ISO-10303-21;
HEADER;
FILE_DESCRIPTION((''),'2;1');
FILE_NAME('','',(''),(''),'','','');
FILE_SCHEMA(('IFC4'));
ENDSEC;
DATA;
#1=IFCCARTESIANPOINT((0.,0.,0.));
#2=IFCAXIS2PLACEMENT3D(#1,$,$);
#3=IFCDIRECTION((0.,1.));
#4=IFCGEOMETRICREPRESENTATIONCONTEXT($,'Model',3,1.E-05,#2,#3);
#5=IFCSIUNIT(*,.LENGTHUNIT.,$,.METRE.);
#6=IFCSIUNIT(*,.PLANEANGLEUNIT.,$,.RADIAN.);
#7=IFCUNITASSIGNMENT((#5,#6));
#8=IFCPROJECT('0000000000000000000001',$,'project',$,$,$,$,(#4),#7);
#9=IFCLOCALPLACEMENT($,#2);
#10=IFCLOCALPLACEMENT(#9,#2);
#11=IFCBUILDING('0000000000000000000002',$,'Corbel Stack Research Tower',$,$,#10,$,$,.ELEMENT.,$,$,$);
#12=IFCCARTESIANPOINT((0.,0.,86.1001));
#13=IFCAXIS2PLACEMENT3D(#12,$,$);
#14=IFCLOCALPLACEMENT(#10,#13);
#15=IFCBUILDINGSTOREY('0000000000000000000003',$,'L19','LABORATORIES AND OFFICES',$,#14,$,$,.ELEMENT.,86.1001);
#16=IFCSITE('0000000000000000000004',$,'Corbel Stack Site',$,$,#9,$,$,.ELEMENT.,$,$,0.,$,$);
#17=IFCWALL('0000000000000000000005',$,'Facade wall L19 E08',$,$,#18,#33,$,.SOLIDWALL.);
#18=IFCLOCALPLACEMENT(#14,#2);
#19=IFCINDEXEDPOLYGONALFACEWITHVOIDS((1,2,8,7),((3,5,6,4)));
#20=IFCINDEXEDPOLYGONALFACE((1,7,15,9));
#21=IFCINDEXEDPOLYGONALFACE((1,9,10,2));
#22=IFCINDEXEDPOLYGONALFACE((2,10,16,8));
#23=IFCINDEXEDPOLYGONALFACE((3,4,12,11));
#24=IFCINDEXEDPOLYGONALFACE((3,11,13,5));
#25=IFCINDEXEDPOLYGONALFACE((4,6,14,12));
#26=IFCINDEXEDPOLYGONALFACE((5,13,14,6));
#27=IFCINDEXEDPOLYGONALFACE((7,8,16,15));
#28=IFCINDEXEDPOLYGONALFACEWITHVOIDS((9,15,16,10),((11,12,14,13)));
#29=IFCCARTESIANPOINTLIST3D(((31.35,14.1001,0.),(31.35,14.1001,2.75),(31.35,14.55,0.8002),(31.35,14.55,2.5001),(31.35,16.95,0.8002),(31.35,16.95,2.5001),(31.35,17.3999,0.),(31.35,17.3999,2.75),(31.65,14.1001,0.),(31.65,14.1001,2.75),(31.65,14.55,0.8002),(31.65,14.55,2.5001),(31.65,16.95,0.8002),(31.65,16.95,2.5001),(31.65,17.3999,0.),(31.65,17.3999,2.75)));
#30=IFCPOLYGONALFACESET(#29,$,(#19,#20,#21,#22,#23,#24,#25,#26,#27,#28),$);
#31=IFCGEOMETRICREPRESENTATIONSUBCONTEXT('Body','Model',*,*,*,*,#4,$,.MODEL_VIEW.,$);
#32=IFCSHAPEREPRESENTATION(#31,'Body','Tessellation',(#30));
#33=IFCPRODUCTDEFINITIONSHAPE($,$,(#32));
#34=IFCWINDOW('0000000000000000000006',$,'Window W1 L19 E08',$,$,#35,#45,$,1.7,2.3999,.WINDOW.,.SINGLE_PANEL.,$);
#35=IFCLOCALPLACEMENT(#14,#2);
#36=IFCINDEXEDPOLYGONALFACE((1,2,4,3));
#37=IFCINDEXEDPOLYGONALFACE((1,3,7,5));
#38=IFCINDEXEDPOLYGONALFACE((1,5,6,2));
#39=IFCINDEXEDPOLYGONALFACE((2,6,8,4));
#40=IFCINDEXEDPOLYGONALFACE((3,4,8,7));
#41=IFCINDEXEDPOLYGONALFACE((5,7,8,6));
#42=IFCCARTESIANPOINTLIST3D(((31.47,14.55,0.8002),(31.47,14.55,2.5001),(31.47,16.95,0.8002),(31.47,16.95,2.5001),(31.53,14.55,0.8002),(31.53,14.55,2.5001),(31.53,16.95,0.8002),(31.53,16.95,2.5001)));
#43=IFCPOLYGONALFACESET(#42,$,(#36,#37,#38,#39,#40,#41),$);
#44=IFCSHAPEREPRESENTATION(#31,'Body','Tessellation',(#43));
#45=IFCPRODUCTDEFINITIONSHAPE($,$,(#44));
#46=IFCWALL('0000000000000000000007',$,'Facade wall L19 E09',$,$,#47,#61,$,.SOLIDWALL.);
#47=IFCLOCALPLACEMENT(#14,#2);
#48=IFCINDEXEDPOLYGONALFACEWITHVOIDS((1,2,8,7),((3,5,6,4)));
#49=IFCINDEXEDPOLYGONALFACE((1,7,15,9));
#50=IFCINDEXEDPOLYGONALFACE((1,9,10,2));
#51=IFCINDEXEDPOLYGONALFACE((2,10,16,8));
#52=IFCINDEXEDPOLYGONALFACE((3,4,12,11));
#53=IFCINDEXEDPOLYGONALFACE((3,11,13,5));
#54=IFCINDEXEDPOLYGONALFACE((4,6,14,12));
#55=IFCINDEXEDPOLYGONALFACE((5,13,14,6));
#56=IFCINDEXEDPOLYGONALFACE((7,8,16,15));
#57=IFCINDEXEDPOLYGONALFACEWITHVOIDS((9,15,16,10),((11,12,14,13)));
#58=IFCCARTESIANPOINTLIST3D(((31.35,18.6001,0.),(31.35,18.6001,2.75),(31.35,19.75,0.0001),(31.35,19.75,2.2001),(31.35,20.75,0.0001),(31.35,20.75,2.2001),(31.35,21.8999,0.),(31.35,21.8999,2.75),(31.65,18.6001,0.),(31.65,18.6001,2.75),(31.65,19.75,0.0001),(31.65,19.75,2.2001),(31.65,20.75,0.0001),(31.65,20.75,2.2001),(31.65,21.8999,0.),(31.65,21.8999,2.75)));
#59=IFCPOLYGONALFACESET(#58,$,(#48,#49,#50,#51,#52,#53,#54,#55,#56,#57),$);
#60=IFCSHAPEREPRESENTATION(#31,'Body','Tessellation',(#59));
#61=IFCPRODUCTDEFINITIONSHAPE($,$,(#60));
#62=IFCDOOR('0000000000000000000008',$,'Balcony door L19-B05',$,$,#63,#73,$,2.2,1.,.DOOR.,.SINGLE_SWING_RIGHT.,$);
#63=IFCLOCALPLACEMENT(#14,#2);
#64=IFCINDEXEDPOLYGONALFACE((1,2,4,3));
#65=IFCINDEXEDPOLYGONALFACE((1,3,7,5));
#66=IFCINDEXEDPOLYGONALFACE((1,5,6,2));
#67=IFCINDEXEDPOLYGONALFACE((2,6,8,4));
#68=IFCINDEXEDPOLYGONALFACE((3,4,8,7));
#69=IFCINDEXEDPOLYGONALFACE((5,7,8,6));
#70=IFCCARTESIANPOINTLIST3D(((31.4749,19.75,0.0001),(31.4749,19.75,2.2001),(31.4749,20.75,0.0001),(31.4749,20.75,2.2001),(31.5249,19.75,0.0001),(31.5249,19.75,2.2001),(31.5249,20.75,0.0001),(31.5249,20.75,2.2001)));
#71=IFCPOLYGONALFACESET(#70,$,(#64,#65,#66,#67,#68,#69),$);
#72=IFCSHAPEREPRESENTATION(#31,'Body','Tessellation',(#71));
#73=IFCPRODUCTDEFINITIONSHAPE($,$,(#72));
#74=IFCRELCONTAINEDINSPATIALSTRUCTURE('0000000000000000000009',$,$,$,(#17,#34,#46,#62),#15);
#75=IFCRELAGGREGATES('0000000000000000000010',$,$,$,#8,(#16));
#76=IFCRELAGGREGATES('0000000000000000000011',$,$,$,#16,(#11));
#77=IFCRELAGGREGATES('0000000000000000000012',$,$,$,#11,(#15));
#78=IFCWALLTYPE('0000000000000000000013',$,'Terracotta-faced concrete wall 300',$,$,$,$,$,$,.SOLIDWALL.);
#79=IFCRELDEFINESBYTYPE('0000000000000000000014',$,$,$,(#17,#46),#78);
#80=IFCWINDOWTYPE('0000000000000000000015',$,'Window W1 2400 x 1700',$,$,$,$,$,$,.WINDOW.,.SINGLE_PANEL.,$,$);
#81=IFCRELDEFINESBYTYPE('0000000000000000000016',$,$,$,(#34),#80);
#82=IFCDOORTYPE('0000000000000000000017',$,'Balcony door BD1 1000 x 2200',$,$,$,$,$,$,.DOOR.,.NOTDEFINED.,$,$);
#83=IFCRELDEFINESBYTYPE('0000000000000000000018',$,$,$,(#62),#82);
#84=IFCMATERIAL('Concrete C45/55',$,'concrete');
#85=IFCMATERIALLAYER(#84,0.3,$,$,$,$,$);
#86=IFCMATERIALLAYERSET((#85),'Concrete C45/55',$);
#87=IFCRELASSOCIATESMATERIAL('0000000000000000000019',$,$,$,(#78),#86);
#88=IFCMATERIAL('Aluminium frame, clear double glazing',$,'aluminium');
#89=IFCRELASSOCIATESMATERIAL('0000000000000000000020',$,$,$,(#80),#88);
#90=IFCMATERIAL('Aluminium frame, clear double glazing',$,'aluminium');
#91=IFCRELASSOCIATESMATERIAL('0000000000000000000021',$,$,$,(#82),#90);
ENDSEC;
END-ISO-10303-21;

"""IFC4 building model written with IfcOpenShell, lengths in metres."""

from ifc_helpers import new_model, si_unit, direction, frame, frame_2d, origin, place, context, subcontext, project, spatial, rectangle, extrude, material, layer, layer_set, type_object, element, fill, save


model = new_model("IFC4")

# Units and contexts
model_context = context("Model", 3, precision=1e-05, world=origin(), true_north=direction((0.0, 1.0)))
body_context = subcontext(model_context, "Body", "Model", "MODEL_VIEW")
ifc_project = project(units=[si_unit("LENGTHUNIT", "METRE"), si_unit("PLANEANGLEUNIT", "RADIAN")], contexts=[model_context])

# Site, building, storey
site_placement = place(None, origin())
site = spatial("IfcSite", under=ifc_project, at=site_placement, Name="Corbel Stack Site", CompositionType="ELEMENT", RefElevation=0.0)
building_placement = place(site_placement, origin())
building = spatial("IfcBuilding", under=site, at=building_placement, Name="Corbel Stack Research Tower", CompositionType="ELEMENT")
storey_placement = place(building_placement, frame((0.0, 0.0, 86.1001)))
storey = spatial("IfcBuildingStorey", under=building, at=storey_placement, Name="L19", Description="LABORATORIES AND OFFICES", CompositionType="ELEMENT", Elevation=86.1001)

# Wall, opening, window
ifc_material_1 = material(Name="Concrete C45/55", Category="concrete")
ifc_layer_1 = layer(ifc_material_1, 0.3)
ifc_layer_set_1 = layer_set([ifc_layer_1], Name="Concrete C45/55")
wall_type_1 = type_object("IfcWallType", Name="Terracotta-faced concrete wall 300", PredefinedType="SOLIDWALL", material=ifc_layer_set_1)
ifc_material_2 = material(Name="Aluminium frame, clear double glazing", Category="aluminium")
window_type = type_object("IfcWindowType", Name="Window W1 2400 x 1700", PartitioningType="SINGLE_PANEL", PredefinedType="WINDOW", material=ifc_material_2)
wall_1_placement = place(storey_placement, frame((31.5, 17.3999, 0.0), z_axis=(0.0, 0.0, 1.0), x_axis=(0.0, -1.0, 0.0)))
wall_1 = element("IfcWall", 1, at=wall_1_placement, inside=storey, type_object=wall_type_1, Name="Facade wall L19 E08", PredefinedType="SOLIDWALL", context=body_context, shape_type="SweptSolid", body=[
    extrude(rectangle(XDim=3.2998, YDim=0.3, at=frame_2d((1.6499, 0.0))), origin(), (0.0, 0.0, 1.0), 2.75),
])
opening_1_placement = place(wall_1_placement, frame((0.45, 0.0, 0.8)))
opening_1 = element("IfcOpeningElement", 2, at=opening_1_placement, cuts=wall_1, PredefinedType="OPENING", context=body_context, shape_type="SweptSolid", body=[
    extrude(rectangle(XDim=2.3999, YDim=1.7, at=frame_2d((1.2, 0.8501))), frame((0.0, 0.1599, 0.0), z_axis=(0.0, -1.0, 0.0), x_axis=(1.0, 0.0, 0.0)), (0.0, 0.0, 1.0), 0.3201),
])
window_1_placement = place(opening_1_placement, origin())
window_1 = element("IfcWindow", 3, at=window_1_placement, inside=storey, type_object=window_type, Name="Window W1 L19 E08", OverallHeight=1.7, OverallWidth=2.3999, PartitioningType="SINGLE_PANEL", PredefinedType="WINDOW", context=body_context, shape_type="SweptSolid", body=[
    extrude(rectangle(XDim=2.3999, YDim=1.7, at=frame_2d((1.2, 0.8501))), frame((0.0, 0.03, 0.0), z_axis=(0.0, -1.0, 0.0), x_axis=(1.0, 0.0, 0.0)), (0.0, 0.0, 1.0), 0.0601),
])
fill(opening_1, window_1)

# Wall, opening, door
wall_2_placement = place(storey_placement, frame((31.5, 21.8999, 0.0), z_axis=(0.0, 0.0, 1.0), x_axis=(0.0, -1.0, 0.0)))
wall_2 = element("IfcWall", 4, at=wall_2_placement, inside=storey, type_object=wall_type_1, Name="Facade wall L19 E09", PredefinedType="SOLIDWALL", context=body_context, shape_type="SweptSolid", body=[
    extrude(rectangle(XDim=3.2998, YDim=0.3, at=frame_2d((1.6499, 0.0))), origin(), (0.0, 0.0, 1.0), 2.75),
])
opening_2_placement = place(wall_2_placement, frame((1.1499, 0.0, 0.0)))
opening_2 = element("IfcOpeningElement", 5, at=opening_2_placement, cuts=wall_2, PredefinedType="OPENING", context=body_context, shape_type="SweptSolid", body=[
    extrude(rectangle(XDim=1.0, YDim=2.2, at=frame_2d((0.5, 1.1001))), frame((0.0, 0.1599, 0.0), z_axis=(0.0, -1.0, 0.0), x_axis=(1.0, 0.0, 0.0)), (0.0, 0.0, 1.0), 0.3201),
])
ifc_material_3 = material(Name="Aluminium frame, clear double glazing", Category="aluminium")
door_type_1 = type_object("IfcDoorType", Name="Balcony door BD1 1000 x 2200", OperationType="NOTDEFINED", PredefinedType="DOOR", material=ifc_material_3)
door_1_placement = place(opening_2_placement, origin())
door_1 = element("IfcDoor", 6, at=door_1_placement, inside=storey, type_object=door_type_1, Name="Balcony door L19-B05", OperationType="SINGLE_SWING_RIGHT", OverallHeight=2.2, OverallWidth=1.0, PredefinedType="DOOR", context=body_context, shape_type="SweptSolid", body=[
    extrude(rectangle(XDim=1.0, YDim=2.2, at=frame_2d((0.5, 1.1001))), frame((0.0, 0.0249, 0.0), z_axis=(0.0, -1.0, 0.0), x_axis=(1.0, 0.0, 0.0)), (0.0, 0.0, 1.0), 0.05),
])
fill(opening_2, door_1)

save(model, "model.ifc")
